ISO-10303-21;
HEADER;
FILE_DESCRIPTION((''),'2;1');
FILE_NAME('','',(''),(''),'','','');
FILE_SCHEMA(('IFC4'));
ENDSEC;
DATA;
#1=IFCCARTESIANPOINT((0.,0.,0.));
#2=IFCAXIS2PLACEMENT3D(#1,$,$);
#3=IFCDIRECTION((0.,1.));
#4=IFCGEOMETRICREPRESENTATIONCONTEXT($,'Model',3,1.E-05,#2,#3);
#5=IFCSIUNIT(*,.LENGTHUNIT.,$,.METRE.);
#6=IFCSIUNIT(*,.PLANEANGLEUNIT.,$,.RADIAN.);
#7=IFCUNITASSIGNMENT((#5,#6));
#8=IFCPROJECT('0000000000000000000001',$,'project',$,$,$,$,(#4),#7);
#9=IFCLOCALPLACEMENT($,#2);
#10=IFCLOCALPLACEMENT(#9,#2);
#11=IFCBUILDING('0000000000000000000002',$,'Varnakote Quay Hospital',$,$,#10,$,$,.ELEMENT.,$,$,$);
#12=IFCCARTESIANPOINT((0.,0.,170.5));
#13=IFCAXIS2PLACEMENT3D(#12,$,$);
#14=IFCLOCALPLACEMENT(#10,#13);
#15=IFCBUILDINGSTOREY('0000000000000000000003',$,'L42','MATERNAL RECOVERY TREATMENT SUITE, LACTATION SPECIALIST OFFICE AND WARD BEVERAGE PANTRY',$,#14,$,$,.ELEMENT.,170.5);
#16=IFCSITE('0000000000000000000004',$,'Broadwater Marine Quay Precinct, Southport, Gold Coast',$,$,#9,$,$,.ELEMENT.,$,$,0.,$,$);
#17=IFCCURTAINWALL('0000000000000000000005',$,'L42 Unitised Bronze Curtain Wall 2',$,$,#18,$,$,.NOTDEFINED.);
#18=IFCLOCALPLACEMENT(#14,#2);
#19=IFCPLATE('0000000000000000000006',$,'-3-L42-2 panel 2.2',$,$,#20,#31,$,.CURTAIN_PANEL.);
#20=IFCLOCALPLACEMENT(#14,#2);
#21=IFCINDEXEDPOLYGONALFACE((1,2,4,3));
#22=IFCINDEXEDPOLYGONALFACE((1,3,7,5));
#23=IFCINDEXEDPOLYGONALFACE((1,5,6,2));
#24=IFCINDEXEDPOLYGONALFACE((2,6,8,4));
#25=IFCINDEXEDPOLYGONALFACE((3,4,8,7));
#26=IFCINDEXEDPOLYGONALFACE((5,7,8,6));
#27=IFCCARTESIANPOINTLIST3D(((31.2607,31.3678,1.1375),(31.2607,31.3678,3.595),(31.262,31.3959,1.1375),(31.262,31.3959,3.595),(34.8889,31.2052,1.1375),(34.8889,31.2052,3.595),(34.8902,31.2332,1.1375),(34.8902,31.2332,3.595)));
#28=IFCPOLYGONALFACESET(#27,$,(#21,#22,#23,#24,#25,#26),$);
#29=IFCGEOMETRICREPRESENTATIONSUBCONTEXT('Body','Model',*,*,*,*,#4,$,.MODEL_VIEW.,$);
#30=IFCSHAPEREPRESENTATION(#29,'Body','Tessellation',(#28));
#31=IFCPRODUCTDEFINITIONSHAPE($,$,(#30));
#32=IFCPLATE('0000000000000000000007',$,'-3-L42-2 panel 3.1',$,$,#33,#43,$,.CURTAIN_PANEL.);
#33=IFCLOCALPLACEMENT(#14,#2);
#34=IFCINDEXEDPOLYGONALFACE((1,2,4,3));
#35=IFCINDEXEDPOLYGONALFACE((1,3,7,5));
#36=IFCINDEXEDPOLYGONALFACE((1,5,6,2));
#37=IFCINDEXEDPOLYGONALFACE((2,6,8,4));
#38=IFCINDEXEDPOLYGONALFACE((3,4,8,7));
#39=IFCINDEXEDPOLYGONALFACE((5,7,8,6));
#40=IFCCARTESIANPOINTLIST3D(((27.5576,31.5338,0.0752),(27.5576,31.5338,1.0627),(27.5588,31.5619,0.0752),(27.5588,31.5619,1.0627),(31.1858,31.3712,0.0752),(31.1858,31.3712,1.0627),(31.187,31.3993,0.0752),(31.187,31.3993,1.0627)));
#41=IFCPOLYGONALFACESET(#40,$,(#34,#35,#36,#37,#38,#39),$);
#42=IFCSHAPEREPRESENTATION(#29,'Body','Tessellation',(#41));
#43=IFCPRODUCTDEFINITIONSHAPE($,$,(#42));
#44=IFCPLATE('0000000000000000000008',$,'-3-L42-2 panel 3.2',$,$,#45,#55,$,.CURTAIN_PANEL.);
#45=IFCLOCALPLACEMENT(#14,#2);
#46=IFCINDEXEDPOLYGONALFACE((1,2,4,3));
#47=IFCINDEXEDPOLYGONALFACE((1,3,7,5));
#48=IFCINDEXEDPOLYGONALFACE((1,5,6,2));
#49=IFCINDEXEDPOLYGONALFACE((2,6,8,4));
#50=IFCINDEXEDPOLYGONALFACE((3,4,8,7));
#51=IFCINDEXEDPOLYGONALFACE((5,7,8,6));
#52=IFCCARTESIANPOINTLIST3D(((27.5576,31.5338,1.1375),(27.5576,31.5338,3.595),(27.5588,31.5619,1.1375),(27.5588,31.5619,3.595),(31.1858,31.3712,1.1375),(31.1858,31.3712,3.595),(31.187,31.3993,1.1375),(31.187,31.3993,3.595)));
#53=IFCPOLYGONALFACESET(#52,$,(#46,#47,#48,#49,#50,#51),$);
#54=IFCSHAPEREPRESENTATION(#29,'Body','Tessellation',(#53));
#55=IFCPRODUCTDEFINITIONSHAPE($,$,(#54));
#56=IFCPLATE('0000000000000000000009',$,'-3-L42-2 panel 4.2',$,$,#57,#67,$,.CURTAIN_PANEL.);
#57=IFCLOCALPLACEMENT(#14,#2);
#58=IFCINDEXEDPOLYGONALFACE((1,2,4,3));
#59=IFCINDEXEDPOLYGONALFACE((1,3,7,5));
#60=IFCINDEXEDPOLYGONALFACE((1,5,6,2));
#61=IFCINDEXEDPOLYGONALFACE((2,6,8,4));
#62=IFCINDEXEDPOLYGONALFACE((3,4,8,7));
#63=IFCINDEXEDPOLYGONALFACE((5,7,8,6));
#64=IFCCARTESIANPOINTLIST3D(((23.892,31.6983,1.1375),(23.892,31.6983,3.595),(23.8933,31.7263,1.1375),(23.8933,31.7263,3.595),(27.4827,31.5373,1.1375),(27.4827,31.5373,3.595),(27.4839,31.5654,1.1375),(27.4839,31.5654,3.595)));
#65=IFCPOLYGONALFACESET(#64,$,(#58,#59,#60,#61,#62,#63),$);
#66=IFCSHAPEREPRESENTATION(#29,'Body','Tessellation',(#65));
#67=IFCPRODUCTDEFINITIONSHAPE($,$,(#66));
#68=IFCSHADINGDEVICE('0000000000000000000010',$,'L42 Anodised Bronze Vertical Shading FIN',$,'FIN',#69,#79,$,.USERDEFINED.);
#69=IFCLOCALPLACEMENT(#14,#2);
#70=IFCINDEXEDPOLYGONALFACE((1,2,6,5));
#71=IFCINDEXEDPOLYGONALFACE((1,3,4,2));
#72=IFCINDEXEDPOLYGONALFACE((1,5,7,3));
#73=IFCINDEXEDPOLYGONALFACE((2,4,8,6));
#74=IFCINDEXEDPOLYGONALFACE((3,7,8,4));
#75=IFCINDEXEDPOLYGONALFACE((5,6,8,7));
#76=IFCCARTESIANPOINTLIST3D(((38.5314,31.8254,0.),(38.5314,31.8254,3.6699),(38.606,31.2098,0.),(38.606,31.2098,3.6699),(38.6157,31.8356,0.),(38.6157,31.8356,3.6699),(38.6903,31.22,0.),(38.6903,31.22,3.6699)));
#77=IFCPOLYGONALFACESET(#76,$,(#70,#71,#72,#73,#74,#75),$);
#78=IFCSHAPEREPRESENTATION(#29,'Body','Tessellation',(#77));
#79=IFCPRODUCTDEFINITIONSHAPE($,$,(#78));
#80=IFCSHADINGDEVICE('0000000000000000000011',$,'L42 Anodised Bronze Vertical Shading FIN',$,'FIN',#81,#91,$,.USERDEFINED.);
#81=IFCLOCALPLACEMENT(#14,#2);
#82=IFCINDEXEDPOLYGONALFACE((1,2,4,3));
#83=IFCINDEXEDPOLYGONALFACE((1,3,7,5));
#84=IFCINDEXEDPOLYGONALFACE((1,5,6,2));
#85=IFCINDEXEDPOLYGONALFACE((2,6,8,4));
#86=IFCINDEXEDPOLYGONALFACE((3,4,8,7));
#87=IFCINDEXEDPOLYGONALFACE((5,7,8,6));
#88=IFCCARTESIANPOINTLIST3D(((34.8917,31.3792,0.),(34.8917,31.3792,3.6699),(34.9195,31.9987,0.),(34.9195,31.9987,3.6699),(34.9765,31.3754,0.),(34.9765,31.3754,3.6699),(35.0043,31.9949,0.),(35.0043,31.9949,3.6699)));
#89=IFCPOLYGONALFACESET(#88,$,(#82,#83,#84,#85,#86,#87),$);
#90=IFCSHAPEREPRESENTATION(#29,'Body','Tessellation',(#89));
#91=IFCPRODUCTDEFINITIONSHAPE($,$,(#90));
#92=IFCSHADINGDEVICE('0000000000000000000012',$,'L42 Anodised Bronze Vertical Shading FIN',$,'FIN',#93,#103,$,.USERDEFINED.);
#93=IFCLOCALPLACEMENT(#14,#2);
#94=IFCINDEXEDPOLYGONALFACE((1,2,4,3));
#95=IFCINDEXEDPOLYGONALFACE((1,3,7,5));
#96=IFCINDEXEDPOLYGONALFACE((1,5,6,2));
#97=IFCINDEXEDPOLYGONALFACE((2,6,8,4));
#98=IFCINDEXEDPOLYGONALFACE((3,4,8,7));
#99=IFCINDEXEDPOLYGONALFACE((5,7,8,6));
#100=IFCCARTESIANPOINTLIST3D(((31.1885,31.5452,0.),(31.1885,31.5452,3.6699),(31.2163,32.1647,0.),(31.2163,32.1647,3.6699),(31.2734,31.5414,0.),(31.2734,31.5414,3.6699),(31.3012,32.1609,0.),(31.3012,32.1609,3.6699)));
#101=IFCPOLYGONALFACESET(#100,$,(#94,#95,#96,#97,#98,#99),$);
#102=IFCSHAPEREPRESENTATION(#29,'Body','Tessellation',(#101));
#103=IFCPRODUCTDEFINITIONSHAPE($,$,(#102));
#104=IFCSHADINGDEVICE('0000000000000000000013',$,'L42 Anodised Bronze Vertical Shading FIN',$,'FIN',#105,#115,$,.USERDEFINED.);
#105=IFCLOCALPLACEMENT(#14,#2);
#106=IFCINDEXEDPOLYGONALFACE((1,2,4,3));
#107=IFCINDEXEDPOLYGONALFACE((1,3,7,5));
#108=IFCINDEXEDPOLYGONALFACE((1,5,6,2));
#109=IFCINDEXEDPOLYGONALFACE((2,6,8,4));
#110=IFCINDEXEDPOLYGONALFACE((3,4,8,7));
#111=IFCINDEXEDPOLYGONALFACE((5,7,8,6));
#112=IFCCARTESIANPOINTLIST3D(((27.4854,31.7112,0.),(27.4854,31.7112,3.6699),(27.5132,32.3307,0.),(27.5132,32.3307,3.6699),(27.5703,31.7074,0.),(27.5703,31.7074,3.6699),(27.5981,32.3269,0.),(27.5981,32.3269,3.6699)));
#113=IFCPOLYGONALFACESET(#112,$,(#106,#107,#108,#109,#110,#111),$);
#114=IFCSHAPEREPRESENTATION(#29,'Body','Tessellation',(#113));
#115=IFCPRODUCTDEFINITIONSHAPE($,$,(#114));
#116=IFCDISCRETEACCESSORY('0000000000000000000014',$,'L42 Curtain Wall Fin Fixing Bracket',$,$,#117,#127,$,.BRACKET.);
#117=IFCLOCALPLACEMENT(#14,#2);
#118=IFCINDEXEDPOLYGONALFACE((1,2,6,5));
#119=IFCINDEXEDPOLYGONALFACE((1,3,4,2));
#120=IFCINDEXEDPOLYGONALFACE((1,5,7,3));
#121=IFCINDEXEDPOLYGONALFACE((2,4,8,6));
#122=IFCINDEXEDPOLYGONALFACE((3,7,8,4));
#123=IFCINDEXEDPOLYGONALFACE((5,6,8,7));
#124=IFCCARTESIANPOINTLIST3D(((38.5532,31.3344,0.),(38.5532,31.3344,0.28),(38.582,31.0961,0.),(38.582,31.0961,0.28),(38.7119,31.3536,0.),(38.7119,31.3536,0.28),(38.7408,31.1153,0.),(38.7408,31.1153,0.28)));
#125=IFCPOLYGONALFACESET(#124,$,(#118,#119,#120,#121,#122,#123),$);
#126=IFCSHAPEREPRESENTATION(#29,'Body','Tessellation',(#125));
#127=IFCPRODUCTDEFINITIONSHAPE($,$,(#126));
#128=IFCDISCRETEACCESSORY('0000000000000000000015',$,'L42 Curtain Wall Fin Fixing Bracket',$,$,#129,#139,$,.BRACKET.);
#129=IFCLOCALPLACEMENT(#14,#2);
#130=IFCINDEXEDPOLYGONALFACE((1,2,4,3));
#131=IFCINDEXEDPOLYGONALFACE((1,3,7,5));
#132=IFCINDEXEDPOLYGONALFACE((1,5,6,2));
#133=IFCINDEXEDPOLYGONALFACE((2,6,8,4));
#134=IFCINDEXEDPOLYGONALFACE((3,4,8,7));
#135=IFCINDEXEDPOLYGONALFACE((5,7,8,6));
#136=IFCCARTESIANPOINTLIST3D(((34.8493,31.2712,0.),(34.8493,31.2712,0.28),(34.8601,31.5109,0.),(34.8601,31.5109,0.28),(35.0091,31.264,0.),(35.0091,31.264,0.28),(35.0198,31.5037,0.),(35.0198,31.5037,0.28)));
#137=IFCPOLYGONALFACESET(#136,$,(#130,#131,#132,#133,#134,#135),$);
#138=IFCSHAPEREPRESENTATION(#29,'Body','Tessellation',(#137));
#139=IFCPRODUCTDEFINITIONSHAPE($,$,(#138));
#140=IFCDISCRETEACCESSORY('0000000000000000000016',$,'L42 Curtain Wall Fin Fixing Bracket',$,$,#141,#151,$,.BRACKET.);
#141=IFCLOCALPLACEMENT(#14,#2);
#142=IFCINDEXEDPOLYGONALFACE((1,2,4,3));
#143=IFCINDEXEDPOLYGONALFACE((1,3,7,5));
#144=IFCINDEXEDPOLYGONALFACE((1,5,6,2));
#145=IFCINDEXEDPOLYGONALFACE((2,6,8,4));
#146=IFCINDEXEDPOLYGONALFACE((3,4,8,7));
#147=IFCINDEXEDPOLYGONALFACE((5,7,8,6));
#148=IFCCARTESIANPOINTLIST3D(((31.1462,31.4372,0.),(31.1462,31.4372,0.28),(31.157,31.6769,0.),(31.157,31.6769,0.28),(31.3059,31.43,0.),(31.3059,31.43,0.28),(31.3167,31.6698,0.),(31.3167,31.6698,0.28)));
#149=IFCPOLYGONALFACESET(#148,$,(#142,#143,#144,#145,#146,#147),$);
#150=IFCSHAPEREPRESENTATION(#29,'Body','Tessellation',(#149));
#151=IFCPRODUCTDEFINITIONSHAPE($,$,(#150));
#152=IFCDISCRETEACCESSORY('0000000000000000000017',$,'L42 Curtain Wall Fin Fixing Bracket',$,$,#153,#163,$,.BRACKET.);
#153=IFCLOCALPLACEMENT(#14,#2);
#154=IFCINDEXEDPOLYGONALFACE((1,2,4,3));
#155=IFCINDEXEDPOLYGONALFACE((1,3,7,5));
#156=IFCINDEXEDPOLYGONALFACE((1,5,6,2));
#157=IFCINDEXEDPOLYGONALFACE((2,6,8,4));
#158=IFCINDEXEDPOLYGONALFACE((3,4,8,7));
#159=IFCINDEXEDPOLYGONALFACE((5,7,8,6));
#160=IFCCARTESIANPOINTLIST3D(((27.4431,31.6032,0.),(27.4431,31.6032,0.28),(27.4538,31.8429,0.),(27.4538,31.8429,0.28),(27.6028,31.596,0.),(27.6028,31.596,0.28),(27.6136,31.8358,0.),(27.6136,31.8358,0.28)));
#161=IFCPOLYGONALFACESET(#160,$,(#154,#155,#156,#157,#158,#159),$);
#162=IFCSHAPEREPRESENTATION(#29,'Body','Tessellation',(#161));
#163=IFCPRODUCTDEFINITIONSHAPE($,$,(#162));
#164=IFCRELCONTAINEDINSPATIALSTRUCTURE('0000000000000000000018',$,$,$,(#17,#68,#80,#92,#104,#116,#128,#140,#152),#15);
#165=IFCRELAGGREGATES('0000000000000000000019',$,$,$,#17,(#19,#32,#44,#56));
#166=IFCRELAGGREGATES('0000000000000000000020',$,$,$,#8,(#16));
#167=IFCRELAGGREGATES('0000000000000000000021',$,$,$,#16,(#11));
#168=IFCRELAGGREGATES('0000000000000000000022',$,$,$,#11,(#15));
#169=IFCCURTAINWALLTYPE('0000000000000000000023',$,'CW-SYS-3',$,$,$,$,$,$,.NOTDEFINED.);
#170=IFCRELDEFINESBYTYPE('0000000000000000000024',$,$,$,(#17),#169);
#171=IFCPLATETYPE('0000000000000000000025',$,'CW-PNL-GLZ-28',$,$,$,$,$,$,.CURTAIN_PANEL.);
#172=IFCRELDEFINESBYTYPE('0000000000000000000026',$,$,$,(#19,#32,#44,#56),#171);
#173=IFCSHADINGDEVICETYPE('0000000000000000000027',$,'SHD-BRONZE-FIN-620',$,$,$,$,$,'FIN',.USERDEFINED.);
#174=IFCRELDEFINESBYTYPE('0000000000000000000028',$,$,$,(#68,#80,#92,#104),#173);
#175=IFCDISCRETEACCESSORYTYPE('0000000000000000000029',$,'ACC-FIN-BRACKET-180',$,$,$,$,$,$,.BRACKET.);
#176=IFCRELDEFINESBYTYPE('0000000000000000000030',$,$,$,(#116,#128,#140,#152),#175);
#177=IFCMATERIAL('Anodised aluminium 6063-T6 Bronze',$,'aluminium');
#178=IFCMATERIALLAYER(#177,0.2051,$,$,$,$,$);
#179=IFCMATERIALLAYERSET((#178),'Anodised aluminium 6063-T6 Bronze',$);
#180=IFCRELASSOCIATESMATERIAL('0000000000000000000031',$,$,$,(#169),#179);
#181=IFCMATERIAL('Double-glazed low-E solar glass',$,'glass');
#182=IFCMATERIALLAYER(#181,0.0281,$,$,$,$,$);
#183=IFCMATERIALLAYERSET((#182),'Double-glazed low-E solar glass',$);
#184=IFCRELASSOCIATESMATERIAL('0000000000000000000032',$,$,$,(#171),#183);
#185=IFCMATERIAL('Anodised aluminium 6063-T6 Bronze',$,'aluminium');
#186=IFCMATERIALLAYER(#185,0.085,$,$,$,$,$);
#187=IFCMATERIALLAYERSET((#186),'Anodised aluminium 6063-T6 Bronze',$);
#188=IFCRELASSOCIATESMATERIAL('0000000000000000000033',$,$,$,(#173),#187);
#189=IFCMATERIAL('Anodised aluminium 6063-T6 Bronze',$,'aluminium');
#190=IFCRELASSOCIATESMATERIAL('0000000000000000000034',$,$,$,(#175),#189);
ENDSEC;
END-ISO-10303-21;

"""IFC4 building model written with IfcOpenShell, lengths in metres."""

from ifc_helpers import new_model, si_unit, direction, frame, origin, origin_2d, place, context, subcontext, project, spatial, rectangle, extrude, material, layer, layer_set, type_object, element, aggregate, save


model = new_model("IFC4")

# Units and contexts
model_context = context("Model", 3, precision=1e-05, world=origin(), true_north=direction((0.0, 1.0)))
body_context = subcontext(model_context, "Body", "Model", "MODEL_VIEW")
ifc_project = project(units=[si_unit("LENGTHUNIT", "METRE"), si_unit("PLANEANGLEUNIT", "RADIAN")], contexts=[model_context])

# Site, building, storey
site_placement = place(None, origin())
site = spatial("IfcSite", under=ifc_project, at=site_placement, Name="Broadwater Marine Quay Precinct, Southport, Gold Coast", CompositionType="ELEMENT", RefElevation=0.0)
building_placement = place(site_placement, origin())
building = spatial("IfcBuilding", under=site, at=building_placement, Name="Varnakote Quay Hospital", CompositionType="ELEMENT")
storey_placement = place(building_placement, frame((0.0, 0.0, 170.5)))
storey = spatial("IfcBuildingStorey", under=building, at=storey_placement, Name="L42", Description="MATERNAL RECOVERY TREATMENT SUITE, LACTATION SPECIALIST OFFICE AND WARD BEVERAGE PANTRY", CompositionType="ELEMENT", Elevation=170.5)

# Shared definitions
ifc_material_1 = material(Name="Anodised aluminium 6063-T6 Bronze", Category="aluminium")
ifc_layer_1 = layer(ifc_material_1, 0.2051)
ifc_layer_set_1 = layer_set([ifc_layer_1], Name="Anodised aluminium 6063-T6 Bronze")
curtain_wall_type = type_object("IfcCurtainWallType", Name="CW-SYS-3", PredefinedType="NOTDEFINED", material=ifc_layer_set_1)

# Curtain wall
curtain_wall_1_placement = place(storey_placement, origin())
curtain_wall_1 = element("IfcCurtainWall", 1, at=curtain_wall_1_placement, inside=storey, type_object=curtain_wall_type, Name="L42 Unitised Bronze Curtain Wall 2", PredefinedType="NOTDEFINED")

# Plates
ifc_material_2 = material(Name="Double-glazed low-E solar glass", Category="glass")
ifc_layer_2 = layer(ifc_material_2, 0.0281)
ifc_layer_set_2 = layer_set([ifc_layer_2], Name="Double-glazed low-E solar glass")
plate_type = type_object("IfcPlateType", Name="CW-PNL-GLZ-28", PredefinedType="CURTAIN_PANEL", material=ifc_layer_set_2)
plate_1_placement = place(storey_placement, frame((33.0754, 31.3005, 1.1375), z_axis=(0.0, 0.0, 1.0), x_axis=(-0.998997, 0.044782, 0.0)))
plate_1 = element("IfcPlate", 2, at=plate_1_placement, type_object=plate_type, Name="-3-L42-2 panel 2.2", PredefinedType="CURTAIN_PANEL", context=body_context, shape_type="SweptSolid", body=[
    extrude(rectangle(XDim=3.6318, YDim=0.0281, at=origin_2d()), origin(), (0.0, 0.0, 1.0), 2.4575),
])
plate_2_placement = place(storey_placement, frame((29.3723, 31.4666, 0.0752), z_axis=(0.0, 0.0, 1.0), x_axis=(-0.998997, 0.044782, 0.0)))
plate_2 = element("IfcPlate", 3, at=plate_2_placement, type_object=plate_type, Name="-3-L42-2 panel 3.1", PredefinedType="CURTAIN_PANEL", context=body_context, shape_type="SweptSolid", body=[
    extrude(rectangle(XDim=3.6318, YDim=0.0281, at=origin_2d()), origin(), (0.0, 0.0, 1.0), 0.9875),
])
plate_3_placement = place(storey_placement, frame((29.3723, 31.4666, 1.1375), z_axis=(0.0, 0.0, 1.0), x_axis=(-0.998997, 0.044782, 0.0)))
plate_3 = element("IfcPlate", 4, at=plate_3_placement, type_object=plate_type, Name="-3-L42-2 panel 3.2", PredefinedType="CURTAIN_PANEL", context=body_context, shape_type="SweptSolid", body=[
    extrude(rectangle(XDim=3.6318, YDim=0.0281, at=origin_2d()), origin(), (0.0, 0.0, 1.0), 2.4575),
])
plate_4_placement = place(storey_placement, frame((25.688, 31.6318, 1.1375), z_axis=(0.0, 0.0, 1.0), x_axis=(-0.998997, 0.044782, 0.0)))
plate_4 = element("IfcPlate", 5, at=plate_4_placement, type_object=plate_type, Name="-3-L42-2 panel 4.2", PredefinedType="CURTAIN_PANEL", context=body_context, shape_type="SweptSolid", body=[
    extrude(rectangle(XDim=3.5942, YDim=0.0281, at=origin_2d()), origin(), (0.0, 0.0, 1.0), 2.4575),
])
aggregate(curtain_wall_1, [plate_1, plate_2, plate_3, plate_4])

# Shading devices
ifc_material_3 = material(Name="Anodised aluminium 6063-T6 Bronze", Category="aluminium")
ifc_layer_3 = layer(ifc_material_3, 0.085)
ifc_layer_set_3 = layer_set([ifc_layer_3], Name="Anodised aluminium 6063-T6 Bronze")
shading_device_type = type_object("IfcShadingDeviceType", Name="SHD-BRONZE-FIN-620", ElementType="FIN", PredefinedType="USERDEFINED", material=ifc_layer_set_3)
for number, where, z_axis, x_axis, name in (
    (6, (38.6108, 31.5227, 0.0), (0.0, 0.0, 1.0), (0.12031, -0.992736, 0.0), "L42 Anodised Bronze Vertical Shading FIN"),
    (7, (34.948, 31.687, 0.0), (0.0, 0.0, 1.0), (-0.04484, -0.998994, 0.0), "L42 Anodised Bronze Vertical Shading FIN"),
    (8, (31.2449, 31.853, 0.0), (0.0, 0.0, 1.0), (-0.04484, -0.998994, 0.0), "L42 Anodised Bronze Vertical Shading FIN"),
    (9, (27.5417, 32.019, 0.0), (0.0, 0.0, 1.0), (-0.04484, -0.998994, 0.0), "L42 Anodised Bronze Vertical Shading FIN"),
):
    element("IfcShadingDevice", number, at=place(storey_placement, frame(where, z_axis=z_axis, x_axis=x_axis)), inside=storey, type_object=shading_device_type, Name=name, ObjectType="FIN", PredefinedType="USERDEFINED", context=body_context, shape_type="SweptSolid", body=[
        extrude(rectangle(XDim=0.6201, YDim=0.085, at=origin_2d()), origin(), (0.0, 0.0, 1.0), 3.6699),
    ])

# Discrete accessories
ifc_material_4 = material(Name="Anodised aluminium 6063-T6 Bronze", Category="aluminium")
discrete_accessory_type = type_object("IfcDiscreteAccessoryType", Name="ACC-FIN-BRACKET-180", PredefinedType="BRACKET", material=ifc_material_4)
for number, where, z_axis, x_axis, name in (
    (10, (38.647, 31.2249, 0.0), (0.0, 0.0, 1.0), (-0.992736, -0.12031, 0.0), "L42 Curtain Wall Fin Fixing Bracket"),
    (11, (34.9346, 31.3875, 0.0), (0.0, 0.0, 1.0), (-0.998994, 0.04484, 0.0), "L42 Curtain Wall Fin Fixing Bracket"),
    (12, (31.2314, 31.5535, 0.0), (0.0, 0.0, 1.0), (-0.998994, 0.04484, 0.0), "L42 Curtain Wall Fin Fixing Bracket"),
    (13, (27.5283, 31.7195, 0.0), (0.0, 0.0, 1.0), (-0.998994, 0.04484, 0.0), "L42 Curtain Wall Fin Fixing Bracket"),
):
    element("IfcDiscreteAccessory", number, at=place(storey_placement, frame(where, z_axis=z_axis, x_axis=x_axis)), inside=storey, type_object=discrete_accessory_type, Name=name, PredefinedType="BRACKET", context=body_context, shape_type="SweptSolid", body=[
        extrude(rectangle(XDim=0.1599, YDim=0.24, at=origin_2d()), origin(), (0.0, 0.0, 1.0), 0.28),
    ])

save(model, "model.ifc")
